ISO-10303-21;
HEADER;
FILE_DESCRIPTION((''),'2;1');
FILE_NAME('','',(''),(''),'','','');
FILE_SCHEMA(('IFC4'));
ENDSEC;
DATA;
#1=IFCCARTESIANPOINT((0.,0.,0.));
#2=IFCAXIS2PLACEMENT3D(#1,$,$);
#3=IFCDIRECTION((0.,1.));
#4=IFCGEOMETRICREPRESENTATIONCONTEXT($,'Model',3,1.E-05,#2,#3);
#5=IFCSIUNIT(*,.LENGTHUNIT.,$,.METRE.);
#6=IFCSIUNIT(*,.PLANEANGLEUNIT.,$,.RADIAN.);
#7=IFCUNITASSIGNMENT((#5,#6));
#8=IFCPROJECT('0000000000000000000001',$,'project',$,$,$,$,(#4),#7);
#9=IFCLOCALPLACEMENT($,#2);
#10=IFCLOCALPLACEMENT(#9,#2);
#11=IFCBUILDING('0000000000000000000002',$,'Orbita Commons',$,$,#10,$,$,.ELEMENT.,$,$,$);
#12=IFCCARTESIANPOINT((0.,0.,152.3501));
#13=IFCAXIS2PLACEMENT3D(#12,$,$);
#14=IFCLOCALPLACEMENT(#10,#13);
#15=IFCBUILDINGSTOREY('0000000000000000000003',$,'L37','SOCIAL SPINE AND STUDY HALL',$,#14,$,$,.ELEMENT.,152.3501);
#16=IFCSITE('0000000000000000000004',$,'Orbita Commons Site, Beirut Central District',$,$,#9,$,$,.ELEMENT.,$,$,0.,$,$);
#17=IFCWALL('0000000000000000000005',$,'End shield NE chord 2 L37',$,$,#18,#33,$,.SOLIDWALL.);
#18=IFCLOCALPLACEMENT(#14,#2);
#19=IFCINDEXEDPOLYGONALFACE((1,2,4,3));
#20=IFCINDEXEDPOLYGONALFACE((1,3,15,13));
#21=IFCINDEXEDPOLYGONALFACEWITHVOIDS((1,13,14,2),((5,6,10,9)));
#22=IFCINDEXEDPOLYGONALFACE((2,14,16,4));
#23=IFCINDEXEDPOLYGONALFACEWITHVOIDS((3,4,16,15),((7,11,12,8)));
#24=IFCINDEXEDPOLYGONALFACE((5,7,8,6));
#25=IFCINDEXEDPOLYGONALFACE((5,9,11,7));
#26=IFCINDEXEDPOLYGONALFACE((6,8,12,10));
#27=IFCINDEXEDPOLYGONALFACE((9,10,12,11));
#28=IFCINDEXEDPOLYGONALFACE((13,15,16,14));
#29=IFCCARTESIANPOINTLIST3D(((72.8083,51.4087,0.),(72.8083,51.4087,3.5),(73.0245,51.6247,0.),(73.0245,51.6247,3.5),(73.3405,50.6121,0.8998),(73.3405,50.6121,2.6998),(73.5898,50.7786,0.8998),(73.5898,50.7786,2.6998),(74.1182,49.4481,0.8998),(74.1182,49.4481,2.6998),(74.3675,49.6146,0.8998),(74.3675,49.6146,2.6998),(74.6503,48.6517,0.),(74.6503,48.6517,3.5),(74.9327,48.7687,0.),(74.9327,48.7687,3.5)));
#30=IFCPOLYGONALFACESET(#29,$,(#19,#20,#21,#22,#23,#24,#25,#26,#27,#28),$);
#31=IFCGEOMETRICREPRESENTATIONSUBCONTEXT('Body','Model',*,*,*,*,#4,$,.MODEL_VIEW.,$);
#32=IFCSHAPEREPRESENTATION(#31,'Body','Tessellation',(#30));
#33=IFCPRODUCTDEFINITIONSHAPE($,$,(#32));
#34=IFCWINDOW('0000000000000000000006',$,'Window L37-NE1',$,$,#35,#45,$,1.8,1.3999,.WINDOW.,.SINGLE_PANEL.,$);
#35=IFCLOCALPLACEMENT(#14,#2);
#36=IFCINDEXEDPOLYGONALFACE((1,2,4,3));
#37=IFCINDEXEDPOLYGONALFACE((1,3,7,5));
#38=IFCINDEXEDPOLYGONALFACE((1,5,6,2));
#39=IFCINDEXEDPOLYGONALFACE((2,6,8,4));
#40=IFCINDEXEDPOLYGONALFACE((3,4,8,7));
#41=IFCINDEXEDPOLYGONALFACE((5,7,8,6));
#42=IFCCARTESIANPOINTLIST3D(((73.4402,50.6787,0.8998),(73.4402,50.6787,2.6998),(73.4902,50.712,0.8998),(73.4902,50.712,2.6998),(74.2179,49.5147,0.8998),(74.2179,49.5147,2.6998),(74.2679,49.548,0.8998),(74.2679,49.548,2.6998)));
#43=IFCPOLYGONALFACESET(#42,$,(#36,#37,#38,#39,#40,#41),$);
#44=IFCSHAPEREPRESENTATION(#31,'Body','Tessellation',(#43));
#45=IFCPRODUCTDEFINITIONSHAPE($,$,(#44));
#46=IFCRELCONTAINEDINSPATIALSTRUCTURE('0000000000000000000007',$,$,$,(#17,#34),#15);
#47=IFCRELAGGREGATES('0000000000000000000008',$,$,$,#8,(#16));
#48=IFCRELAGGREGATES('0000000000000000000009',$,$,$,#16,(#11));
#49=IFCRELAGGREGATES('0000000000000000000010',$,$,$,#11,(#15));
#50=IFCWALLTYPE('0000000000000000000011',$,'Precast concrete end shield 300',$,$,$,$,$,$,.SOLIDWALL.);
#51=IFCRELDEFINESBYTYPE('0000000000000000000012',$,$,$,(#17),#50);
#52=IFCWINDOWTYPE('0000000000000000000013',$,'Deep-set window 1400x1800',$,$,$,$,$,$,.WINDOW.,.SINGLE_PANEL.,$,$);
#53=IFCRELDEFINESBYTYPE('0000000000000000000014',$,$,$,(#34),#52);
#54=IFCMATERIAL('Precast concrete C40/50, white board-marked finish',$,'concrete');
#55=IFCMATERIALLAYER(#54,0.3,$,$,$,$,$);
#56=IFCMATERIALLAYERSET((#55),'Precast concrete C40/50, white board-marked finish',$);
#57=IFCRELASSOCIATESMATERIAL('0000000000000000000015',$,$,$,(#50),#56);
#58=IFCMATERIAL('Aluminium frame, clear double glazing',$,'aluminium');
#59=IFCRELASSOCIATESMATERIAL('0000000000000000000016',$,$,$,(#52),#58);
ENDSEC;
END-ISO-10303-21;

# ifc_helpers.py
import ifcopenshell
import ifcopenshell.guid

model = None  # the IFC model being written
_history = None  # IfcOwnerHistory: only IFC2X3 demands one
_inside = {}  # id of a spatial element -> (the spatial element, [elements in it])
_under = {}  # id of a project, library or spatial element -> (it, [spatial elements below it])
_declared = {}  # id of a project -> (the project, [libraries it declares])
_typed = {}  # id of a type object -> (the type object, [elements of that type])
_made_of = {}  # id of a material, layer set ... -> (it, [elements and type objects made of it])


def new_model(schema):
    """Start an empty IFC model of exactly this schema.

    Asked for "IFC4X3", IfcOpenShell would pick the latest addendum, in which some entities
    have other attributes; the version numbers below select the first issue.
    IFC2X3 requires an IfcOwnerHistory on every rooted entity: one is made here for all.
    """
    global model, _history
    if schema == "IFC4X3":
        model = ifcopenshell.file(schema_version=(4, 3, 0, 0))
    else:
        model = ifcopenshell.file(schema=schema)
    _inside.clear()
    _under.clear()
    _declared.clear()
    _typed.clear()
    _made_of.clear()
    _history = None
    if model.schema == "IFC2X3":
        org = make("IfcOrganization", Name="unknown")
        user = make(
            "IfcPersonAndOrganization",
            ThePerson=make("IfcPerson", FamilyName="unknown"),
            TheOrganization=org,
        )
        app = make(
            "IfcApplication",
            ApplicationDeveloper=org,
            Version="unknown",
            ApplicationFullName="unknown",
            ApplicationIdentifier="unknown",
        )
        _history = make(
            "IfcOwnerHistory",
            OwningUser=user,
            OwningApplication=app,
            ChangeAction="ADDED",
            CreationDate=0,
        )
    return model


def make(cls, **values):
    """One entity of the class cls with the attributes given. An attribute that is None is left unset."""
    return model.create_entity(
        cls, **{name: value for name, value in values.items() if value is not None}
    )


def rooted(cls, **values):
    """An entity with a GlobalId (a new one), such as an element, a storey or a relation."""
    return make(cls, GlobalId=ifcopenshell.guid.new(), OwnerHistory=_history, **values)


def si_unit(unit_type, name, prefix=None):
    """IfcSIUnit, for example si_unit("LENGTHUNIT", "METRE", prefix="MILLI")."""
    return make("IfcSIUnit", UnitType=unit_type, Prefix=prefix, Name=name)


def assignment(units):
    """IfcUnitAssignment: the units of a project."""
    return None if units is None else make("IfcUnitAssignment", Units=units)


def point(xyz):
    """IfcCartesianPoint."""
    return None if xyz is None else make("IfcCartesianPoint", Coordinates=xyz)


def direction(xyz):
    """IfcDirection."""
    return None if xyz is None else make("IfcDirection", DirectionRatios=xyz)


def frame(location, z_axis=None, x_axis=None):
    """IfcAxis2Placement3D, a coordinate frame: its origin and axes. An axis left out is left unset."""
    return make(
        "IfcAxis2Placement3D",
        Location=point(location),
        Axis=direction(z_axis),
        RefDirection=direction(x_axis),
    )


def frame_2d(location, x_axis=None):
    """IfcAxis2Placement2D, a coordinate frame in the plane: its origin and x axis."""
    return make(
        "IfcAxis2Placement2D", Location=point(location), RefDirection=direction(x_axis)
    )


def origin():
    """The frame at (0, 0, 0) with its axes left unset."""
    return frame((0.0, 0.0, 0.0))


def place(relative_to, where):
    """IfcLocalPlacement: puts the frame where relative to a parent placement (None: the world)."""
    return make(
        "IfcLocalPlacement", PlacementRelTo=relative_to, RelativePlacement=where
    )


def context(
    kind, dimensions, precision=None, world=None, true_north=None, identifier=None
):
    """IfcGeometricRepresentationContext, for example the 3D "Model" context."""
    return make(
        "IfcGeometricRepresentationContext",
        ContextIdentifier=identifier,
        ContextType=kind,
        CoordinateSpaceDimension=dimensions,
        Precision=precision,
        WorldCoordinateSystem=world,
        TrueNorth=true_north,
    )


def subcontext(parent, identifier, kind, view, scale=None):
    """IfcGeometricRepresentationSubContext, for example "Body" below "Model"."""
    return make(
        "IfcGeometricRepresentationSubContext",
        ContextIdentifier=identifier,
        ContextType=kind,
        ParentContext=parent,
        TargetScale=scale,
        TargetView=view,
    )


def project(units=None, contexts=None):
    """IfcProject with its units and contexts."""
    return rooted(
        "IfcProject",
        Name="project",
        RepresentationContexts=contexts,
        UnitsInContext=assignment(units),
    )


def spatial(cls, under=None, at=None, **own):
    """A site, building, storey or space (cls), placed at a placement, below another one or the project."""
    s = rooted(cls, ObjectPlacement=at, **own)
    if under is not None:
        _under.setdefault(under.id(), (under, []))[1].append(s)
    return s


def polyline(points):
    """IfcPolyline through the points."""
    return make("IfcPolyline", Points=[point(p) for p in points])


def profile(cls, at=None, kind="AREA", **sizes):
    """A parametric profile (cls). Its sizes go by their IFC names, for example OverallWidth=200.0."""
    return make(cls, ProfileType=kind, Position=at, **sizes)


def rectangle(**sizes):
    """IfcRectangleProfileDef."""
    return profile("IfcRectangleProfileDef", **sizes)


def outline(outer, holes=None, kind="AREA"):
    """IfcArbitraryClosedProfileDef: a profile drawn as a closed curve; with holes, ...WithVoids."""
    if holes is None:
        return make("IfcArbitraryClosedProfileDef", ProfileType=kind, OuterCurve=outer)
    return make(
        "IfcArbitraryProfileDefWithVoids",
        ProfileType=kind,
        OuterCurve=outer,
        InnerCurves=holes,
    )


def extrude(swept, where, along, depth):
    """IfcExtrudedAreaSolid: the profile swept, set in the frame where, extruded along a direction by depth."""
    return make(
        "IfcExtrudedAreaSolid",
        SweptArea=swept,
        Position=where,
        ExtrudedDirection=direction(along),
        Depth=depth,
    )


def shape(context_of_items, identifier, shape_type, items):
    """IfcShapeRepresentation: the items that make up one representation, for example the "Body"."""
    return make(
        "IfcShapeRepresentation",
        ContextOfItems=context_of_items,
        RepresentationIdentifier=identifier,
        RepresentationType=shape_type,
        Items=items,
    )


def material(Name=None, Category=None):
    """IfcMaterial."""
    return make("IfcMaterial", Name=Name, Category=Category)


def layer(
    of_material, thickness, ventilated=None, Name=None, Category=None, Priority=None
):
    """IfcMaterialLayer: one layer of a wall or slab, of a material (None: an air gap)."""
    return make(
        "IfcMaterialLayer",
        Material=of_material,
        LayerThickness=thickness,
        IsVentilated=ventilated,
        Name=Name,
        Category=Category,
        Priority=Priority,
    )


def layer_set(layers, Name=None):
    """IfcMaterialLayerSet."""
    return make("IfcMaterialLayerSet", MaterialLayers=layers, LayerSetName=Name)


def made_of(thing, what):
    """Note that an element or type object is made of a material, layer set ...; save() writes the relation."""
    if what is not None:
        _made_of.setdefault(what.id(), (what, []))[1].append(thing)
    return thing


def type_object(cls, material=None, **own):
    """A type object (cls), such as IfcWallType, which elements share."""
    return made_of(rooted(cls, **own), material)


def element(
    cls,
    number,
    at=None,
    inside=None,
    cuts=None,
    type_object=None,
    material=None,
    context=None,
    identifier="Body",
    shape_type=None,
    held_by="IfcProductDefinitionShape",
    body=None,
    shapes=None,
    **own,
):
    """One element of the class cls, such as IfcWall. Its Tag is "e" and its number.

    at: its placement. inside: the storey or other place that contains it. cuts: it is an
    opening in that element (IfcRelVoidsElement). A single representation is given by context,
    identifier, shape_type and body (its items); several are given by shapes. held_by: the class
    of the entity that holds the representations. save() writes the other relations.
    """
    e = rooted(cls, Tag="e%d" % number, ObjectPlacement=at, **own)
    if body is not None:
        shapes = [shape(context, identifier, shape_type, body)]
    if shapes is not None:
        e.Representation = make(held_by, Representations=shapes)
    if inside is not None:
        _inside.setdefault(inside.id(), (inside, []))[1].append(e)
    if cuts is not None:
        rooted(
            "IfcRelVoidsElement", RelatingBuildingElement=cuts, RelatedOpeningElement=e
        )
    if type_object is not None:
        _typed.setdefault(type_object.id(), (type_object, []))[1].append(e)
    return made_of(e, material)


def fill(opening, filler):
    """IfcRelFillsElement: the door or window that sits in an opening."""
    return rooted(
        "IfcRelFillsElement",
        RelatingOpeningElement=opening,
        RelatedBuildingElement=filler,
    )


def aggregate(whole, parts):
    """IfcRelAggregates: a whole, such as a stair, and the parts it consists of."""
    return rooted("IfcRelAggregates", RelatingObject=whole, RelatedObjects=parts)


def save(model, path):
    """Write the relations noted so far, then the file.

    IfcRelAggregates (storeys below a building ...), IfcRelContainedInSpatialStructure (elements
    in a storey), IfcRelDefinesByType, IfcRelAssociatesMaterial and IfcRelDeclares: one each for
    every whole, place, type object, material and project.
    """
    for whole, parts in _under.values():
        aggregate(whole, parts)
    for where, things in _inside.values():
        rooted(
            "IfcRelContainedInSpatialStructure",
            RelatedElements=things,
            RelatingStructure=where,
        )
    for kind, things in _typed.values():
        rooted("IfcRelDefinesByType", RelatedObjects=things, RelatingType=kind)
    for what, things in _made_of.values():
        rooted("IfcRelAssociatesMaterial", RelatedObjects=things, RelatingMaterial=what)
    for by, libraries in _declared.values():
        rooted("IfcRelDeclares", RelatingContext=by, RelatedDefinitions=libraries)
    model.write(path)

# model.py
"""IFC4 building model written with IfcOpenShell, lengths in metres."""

from ifc_helpers import new_model, si_unit, direction, frame, frame_2d, origin, place, context, subcontext, project, spatial, polyline, rectangle, outline, extrude, material, layer, layer_set, type_object, element, fill, save


model = new_model("IFC4")

# Units and contexts
model_context = context("Model", 3, precision=1e-05, world=origin(), true_north=direction((0.0, 1.0)))
body_context = subcontext(model_context, "Body", "Model", "MODEL_VIEW")
ifc_project = project(units=[si_unit("LENGTHUNIT", "METRE"), si_unit("PLANEANGLEUNIT", "RADIAN")], contexts=[model_context])

# Site, building, storey
site_placement = place(None, origin())
site = spatial("IfcSite", under=ifc_project, at=site_placement, Name="Orbita Commons Site, Beirut Central District", CompositionType="ELEMENT", RefElevation=0.0)
building_placement = place(site_placement, origin())
building = spatial("IfcBuilding", under=site, at=building_placement, Name="Orbita Commons", CompositionType="ELEMENT")
storey_placement = place(building_placement, frame((0.0, 0.0, 152.3501)))
storey = spatial("IfcBuildingStorey", under=building, at=storey_placement, Name="L37", Description="SOCIAL SPINE AND STUDY HALL", CompositionType="ELEMENT", Elevation=152.3501)

# Wall, opening, window
ifc_material_1 = material(Name="Precast concrete C40/50, white board-marked finish", Category="concrete")
ifc_layer_1 = layer(ifc_material_1, 0.3)
ifc_layer_set_1 = layer_set([ifc_layer_1], Name="Precast concrete C40/50, white board-marked finish")
wall_type_1 = type_object("IfcWallType", Name="Precast concrete end shield 300", PredefinedType="SOLIDWALL", material=ifc_layer_set_1)
ifc_material_2 = material(Name="Aluminium frame, clear double glazing", Category="aluminium")
window_type = type_object("IfcWindowType", Name="Deep-set window 1400x1800", PartitioningType="SINGLE_PANEL", PredefinedType="WINDOW", material=ifc_material_2)
wall_1_placement = place(storey_placement, frame((74.7915, 48.7102, 0.0), z_axis=(0.0, 0.0, 1.0), x_axis=(-0.555535, 0.831493, 0.0)))
wall_1 = element("IfcWall", 1, at=wall_1_placement, inside=storey, type_object=wall_type_1, Name="End shield NE chord 2 L37", PredefinedType="SOLIDWALL", context=body_context, shape_type="SweptSolid", body=[
    extrude(outline(polyline([(-0.0298, -0.1499), (3.405, -0.1499), (3.3455, 0.1499), (0.0298, 0.1499), (-0.0298, -0.1499)])), origin(), (0.0, 0.0, 1.0), 3.5),
])
opening_1_placement = place(wall_1_placement, frame((0.9875, 0.0, 0.8999)))
opening_1 = element("IfcOpeningElement", 2, at=opening_1_placement, cuts=wall_1, PredefinedType="OPENING", context=body_context, shape_type="SweptSolid", body=[
    extrude(rectangle(XDim=1.3999, YDim=1.8, at=frame_2d((0.7, 0.8999))), frame((0.0, 0.1599, 0.0), z_axis=(0.0, -1.0, 0.0), x_axis=(1.0, 0.0, 0.0)), (0.0, 0.0, 1.0), 0.3201),
])
window_1_placement = place(opening_1_placement, origin())
window_1 = element("IfcWindow", 3, at=window_1_placement, inside=storey, type_object=window_type, Name="Window L37-NE1", OverallHeight=1.8, OverallWidth=1.3999, PartitioningType="SINGLE_PANEL", PredefinedType="WINDOW", context=body_context, shape_type="SweptSolid", body=[
    extrude(rectangle(XDim=1.3999, YDim=1.8, at=frame_2d((0.7, 0.8999))), frame((0.0, 0.03, 0.0), z_axis=(0.0, -1.0, 0.0), x_axis=(1.0, 0.0, 0.0)), (0.0, 0.0, 1.0), 0.0601),
])
fill(opening_1, window_1)

save(model, "model.ifc")
